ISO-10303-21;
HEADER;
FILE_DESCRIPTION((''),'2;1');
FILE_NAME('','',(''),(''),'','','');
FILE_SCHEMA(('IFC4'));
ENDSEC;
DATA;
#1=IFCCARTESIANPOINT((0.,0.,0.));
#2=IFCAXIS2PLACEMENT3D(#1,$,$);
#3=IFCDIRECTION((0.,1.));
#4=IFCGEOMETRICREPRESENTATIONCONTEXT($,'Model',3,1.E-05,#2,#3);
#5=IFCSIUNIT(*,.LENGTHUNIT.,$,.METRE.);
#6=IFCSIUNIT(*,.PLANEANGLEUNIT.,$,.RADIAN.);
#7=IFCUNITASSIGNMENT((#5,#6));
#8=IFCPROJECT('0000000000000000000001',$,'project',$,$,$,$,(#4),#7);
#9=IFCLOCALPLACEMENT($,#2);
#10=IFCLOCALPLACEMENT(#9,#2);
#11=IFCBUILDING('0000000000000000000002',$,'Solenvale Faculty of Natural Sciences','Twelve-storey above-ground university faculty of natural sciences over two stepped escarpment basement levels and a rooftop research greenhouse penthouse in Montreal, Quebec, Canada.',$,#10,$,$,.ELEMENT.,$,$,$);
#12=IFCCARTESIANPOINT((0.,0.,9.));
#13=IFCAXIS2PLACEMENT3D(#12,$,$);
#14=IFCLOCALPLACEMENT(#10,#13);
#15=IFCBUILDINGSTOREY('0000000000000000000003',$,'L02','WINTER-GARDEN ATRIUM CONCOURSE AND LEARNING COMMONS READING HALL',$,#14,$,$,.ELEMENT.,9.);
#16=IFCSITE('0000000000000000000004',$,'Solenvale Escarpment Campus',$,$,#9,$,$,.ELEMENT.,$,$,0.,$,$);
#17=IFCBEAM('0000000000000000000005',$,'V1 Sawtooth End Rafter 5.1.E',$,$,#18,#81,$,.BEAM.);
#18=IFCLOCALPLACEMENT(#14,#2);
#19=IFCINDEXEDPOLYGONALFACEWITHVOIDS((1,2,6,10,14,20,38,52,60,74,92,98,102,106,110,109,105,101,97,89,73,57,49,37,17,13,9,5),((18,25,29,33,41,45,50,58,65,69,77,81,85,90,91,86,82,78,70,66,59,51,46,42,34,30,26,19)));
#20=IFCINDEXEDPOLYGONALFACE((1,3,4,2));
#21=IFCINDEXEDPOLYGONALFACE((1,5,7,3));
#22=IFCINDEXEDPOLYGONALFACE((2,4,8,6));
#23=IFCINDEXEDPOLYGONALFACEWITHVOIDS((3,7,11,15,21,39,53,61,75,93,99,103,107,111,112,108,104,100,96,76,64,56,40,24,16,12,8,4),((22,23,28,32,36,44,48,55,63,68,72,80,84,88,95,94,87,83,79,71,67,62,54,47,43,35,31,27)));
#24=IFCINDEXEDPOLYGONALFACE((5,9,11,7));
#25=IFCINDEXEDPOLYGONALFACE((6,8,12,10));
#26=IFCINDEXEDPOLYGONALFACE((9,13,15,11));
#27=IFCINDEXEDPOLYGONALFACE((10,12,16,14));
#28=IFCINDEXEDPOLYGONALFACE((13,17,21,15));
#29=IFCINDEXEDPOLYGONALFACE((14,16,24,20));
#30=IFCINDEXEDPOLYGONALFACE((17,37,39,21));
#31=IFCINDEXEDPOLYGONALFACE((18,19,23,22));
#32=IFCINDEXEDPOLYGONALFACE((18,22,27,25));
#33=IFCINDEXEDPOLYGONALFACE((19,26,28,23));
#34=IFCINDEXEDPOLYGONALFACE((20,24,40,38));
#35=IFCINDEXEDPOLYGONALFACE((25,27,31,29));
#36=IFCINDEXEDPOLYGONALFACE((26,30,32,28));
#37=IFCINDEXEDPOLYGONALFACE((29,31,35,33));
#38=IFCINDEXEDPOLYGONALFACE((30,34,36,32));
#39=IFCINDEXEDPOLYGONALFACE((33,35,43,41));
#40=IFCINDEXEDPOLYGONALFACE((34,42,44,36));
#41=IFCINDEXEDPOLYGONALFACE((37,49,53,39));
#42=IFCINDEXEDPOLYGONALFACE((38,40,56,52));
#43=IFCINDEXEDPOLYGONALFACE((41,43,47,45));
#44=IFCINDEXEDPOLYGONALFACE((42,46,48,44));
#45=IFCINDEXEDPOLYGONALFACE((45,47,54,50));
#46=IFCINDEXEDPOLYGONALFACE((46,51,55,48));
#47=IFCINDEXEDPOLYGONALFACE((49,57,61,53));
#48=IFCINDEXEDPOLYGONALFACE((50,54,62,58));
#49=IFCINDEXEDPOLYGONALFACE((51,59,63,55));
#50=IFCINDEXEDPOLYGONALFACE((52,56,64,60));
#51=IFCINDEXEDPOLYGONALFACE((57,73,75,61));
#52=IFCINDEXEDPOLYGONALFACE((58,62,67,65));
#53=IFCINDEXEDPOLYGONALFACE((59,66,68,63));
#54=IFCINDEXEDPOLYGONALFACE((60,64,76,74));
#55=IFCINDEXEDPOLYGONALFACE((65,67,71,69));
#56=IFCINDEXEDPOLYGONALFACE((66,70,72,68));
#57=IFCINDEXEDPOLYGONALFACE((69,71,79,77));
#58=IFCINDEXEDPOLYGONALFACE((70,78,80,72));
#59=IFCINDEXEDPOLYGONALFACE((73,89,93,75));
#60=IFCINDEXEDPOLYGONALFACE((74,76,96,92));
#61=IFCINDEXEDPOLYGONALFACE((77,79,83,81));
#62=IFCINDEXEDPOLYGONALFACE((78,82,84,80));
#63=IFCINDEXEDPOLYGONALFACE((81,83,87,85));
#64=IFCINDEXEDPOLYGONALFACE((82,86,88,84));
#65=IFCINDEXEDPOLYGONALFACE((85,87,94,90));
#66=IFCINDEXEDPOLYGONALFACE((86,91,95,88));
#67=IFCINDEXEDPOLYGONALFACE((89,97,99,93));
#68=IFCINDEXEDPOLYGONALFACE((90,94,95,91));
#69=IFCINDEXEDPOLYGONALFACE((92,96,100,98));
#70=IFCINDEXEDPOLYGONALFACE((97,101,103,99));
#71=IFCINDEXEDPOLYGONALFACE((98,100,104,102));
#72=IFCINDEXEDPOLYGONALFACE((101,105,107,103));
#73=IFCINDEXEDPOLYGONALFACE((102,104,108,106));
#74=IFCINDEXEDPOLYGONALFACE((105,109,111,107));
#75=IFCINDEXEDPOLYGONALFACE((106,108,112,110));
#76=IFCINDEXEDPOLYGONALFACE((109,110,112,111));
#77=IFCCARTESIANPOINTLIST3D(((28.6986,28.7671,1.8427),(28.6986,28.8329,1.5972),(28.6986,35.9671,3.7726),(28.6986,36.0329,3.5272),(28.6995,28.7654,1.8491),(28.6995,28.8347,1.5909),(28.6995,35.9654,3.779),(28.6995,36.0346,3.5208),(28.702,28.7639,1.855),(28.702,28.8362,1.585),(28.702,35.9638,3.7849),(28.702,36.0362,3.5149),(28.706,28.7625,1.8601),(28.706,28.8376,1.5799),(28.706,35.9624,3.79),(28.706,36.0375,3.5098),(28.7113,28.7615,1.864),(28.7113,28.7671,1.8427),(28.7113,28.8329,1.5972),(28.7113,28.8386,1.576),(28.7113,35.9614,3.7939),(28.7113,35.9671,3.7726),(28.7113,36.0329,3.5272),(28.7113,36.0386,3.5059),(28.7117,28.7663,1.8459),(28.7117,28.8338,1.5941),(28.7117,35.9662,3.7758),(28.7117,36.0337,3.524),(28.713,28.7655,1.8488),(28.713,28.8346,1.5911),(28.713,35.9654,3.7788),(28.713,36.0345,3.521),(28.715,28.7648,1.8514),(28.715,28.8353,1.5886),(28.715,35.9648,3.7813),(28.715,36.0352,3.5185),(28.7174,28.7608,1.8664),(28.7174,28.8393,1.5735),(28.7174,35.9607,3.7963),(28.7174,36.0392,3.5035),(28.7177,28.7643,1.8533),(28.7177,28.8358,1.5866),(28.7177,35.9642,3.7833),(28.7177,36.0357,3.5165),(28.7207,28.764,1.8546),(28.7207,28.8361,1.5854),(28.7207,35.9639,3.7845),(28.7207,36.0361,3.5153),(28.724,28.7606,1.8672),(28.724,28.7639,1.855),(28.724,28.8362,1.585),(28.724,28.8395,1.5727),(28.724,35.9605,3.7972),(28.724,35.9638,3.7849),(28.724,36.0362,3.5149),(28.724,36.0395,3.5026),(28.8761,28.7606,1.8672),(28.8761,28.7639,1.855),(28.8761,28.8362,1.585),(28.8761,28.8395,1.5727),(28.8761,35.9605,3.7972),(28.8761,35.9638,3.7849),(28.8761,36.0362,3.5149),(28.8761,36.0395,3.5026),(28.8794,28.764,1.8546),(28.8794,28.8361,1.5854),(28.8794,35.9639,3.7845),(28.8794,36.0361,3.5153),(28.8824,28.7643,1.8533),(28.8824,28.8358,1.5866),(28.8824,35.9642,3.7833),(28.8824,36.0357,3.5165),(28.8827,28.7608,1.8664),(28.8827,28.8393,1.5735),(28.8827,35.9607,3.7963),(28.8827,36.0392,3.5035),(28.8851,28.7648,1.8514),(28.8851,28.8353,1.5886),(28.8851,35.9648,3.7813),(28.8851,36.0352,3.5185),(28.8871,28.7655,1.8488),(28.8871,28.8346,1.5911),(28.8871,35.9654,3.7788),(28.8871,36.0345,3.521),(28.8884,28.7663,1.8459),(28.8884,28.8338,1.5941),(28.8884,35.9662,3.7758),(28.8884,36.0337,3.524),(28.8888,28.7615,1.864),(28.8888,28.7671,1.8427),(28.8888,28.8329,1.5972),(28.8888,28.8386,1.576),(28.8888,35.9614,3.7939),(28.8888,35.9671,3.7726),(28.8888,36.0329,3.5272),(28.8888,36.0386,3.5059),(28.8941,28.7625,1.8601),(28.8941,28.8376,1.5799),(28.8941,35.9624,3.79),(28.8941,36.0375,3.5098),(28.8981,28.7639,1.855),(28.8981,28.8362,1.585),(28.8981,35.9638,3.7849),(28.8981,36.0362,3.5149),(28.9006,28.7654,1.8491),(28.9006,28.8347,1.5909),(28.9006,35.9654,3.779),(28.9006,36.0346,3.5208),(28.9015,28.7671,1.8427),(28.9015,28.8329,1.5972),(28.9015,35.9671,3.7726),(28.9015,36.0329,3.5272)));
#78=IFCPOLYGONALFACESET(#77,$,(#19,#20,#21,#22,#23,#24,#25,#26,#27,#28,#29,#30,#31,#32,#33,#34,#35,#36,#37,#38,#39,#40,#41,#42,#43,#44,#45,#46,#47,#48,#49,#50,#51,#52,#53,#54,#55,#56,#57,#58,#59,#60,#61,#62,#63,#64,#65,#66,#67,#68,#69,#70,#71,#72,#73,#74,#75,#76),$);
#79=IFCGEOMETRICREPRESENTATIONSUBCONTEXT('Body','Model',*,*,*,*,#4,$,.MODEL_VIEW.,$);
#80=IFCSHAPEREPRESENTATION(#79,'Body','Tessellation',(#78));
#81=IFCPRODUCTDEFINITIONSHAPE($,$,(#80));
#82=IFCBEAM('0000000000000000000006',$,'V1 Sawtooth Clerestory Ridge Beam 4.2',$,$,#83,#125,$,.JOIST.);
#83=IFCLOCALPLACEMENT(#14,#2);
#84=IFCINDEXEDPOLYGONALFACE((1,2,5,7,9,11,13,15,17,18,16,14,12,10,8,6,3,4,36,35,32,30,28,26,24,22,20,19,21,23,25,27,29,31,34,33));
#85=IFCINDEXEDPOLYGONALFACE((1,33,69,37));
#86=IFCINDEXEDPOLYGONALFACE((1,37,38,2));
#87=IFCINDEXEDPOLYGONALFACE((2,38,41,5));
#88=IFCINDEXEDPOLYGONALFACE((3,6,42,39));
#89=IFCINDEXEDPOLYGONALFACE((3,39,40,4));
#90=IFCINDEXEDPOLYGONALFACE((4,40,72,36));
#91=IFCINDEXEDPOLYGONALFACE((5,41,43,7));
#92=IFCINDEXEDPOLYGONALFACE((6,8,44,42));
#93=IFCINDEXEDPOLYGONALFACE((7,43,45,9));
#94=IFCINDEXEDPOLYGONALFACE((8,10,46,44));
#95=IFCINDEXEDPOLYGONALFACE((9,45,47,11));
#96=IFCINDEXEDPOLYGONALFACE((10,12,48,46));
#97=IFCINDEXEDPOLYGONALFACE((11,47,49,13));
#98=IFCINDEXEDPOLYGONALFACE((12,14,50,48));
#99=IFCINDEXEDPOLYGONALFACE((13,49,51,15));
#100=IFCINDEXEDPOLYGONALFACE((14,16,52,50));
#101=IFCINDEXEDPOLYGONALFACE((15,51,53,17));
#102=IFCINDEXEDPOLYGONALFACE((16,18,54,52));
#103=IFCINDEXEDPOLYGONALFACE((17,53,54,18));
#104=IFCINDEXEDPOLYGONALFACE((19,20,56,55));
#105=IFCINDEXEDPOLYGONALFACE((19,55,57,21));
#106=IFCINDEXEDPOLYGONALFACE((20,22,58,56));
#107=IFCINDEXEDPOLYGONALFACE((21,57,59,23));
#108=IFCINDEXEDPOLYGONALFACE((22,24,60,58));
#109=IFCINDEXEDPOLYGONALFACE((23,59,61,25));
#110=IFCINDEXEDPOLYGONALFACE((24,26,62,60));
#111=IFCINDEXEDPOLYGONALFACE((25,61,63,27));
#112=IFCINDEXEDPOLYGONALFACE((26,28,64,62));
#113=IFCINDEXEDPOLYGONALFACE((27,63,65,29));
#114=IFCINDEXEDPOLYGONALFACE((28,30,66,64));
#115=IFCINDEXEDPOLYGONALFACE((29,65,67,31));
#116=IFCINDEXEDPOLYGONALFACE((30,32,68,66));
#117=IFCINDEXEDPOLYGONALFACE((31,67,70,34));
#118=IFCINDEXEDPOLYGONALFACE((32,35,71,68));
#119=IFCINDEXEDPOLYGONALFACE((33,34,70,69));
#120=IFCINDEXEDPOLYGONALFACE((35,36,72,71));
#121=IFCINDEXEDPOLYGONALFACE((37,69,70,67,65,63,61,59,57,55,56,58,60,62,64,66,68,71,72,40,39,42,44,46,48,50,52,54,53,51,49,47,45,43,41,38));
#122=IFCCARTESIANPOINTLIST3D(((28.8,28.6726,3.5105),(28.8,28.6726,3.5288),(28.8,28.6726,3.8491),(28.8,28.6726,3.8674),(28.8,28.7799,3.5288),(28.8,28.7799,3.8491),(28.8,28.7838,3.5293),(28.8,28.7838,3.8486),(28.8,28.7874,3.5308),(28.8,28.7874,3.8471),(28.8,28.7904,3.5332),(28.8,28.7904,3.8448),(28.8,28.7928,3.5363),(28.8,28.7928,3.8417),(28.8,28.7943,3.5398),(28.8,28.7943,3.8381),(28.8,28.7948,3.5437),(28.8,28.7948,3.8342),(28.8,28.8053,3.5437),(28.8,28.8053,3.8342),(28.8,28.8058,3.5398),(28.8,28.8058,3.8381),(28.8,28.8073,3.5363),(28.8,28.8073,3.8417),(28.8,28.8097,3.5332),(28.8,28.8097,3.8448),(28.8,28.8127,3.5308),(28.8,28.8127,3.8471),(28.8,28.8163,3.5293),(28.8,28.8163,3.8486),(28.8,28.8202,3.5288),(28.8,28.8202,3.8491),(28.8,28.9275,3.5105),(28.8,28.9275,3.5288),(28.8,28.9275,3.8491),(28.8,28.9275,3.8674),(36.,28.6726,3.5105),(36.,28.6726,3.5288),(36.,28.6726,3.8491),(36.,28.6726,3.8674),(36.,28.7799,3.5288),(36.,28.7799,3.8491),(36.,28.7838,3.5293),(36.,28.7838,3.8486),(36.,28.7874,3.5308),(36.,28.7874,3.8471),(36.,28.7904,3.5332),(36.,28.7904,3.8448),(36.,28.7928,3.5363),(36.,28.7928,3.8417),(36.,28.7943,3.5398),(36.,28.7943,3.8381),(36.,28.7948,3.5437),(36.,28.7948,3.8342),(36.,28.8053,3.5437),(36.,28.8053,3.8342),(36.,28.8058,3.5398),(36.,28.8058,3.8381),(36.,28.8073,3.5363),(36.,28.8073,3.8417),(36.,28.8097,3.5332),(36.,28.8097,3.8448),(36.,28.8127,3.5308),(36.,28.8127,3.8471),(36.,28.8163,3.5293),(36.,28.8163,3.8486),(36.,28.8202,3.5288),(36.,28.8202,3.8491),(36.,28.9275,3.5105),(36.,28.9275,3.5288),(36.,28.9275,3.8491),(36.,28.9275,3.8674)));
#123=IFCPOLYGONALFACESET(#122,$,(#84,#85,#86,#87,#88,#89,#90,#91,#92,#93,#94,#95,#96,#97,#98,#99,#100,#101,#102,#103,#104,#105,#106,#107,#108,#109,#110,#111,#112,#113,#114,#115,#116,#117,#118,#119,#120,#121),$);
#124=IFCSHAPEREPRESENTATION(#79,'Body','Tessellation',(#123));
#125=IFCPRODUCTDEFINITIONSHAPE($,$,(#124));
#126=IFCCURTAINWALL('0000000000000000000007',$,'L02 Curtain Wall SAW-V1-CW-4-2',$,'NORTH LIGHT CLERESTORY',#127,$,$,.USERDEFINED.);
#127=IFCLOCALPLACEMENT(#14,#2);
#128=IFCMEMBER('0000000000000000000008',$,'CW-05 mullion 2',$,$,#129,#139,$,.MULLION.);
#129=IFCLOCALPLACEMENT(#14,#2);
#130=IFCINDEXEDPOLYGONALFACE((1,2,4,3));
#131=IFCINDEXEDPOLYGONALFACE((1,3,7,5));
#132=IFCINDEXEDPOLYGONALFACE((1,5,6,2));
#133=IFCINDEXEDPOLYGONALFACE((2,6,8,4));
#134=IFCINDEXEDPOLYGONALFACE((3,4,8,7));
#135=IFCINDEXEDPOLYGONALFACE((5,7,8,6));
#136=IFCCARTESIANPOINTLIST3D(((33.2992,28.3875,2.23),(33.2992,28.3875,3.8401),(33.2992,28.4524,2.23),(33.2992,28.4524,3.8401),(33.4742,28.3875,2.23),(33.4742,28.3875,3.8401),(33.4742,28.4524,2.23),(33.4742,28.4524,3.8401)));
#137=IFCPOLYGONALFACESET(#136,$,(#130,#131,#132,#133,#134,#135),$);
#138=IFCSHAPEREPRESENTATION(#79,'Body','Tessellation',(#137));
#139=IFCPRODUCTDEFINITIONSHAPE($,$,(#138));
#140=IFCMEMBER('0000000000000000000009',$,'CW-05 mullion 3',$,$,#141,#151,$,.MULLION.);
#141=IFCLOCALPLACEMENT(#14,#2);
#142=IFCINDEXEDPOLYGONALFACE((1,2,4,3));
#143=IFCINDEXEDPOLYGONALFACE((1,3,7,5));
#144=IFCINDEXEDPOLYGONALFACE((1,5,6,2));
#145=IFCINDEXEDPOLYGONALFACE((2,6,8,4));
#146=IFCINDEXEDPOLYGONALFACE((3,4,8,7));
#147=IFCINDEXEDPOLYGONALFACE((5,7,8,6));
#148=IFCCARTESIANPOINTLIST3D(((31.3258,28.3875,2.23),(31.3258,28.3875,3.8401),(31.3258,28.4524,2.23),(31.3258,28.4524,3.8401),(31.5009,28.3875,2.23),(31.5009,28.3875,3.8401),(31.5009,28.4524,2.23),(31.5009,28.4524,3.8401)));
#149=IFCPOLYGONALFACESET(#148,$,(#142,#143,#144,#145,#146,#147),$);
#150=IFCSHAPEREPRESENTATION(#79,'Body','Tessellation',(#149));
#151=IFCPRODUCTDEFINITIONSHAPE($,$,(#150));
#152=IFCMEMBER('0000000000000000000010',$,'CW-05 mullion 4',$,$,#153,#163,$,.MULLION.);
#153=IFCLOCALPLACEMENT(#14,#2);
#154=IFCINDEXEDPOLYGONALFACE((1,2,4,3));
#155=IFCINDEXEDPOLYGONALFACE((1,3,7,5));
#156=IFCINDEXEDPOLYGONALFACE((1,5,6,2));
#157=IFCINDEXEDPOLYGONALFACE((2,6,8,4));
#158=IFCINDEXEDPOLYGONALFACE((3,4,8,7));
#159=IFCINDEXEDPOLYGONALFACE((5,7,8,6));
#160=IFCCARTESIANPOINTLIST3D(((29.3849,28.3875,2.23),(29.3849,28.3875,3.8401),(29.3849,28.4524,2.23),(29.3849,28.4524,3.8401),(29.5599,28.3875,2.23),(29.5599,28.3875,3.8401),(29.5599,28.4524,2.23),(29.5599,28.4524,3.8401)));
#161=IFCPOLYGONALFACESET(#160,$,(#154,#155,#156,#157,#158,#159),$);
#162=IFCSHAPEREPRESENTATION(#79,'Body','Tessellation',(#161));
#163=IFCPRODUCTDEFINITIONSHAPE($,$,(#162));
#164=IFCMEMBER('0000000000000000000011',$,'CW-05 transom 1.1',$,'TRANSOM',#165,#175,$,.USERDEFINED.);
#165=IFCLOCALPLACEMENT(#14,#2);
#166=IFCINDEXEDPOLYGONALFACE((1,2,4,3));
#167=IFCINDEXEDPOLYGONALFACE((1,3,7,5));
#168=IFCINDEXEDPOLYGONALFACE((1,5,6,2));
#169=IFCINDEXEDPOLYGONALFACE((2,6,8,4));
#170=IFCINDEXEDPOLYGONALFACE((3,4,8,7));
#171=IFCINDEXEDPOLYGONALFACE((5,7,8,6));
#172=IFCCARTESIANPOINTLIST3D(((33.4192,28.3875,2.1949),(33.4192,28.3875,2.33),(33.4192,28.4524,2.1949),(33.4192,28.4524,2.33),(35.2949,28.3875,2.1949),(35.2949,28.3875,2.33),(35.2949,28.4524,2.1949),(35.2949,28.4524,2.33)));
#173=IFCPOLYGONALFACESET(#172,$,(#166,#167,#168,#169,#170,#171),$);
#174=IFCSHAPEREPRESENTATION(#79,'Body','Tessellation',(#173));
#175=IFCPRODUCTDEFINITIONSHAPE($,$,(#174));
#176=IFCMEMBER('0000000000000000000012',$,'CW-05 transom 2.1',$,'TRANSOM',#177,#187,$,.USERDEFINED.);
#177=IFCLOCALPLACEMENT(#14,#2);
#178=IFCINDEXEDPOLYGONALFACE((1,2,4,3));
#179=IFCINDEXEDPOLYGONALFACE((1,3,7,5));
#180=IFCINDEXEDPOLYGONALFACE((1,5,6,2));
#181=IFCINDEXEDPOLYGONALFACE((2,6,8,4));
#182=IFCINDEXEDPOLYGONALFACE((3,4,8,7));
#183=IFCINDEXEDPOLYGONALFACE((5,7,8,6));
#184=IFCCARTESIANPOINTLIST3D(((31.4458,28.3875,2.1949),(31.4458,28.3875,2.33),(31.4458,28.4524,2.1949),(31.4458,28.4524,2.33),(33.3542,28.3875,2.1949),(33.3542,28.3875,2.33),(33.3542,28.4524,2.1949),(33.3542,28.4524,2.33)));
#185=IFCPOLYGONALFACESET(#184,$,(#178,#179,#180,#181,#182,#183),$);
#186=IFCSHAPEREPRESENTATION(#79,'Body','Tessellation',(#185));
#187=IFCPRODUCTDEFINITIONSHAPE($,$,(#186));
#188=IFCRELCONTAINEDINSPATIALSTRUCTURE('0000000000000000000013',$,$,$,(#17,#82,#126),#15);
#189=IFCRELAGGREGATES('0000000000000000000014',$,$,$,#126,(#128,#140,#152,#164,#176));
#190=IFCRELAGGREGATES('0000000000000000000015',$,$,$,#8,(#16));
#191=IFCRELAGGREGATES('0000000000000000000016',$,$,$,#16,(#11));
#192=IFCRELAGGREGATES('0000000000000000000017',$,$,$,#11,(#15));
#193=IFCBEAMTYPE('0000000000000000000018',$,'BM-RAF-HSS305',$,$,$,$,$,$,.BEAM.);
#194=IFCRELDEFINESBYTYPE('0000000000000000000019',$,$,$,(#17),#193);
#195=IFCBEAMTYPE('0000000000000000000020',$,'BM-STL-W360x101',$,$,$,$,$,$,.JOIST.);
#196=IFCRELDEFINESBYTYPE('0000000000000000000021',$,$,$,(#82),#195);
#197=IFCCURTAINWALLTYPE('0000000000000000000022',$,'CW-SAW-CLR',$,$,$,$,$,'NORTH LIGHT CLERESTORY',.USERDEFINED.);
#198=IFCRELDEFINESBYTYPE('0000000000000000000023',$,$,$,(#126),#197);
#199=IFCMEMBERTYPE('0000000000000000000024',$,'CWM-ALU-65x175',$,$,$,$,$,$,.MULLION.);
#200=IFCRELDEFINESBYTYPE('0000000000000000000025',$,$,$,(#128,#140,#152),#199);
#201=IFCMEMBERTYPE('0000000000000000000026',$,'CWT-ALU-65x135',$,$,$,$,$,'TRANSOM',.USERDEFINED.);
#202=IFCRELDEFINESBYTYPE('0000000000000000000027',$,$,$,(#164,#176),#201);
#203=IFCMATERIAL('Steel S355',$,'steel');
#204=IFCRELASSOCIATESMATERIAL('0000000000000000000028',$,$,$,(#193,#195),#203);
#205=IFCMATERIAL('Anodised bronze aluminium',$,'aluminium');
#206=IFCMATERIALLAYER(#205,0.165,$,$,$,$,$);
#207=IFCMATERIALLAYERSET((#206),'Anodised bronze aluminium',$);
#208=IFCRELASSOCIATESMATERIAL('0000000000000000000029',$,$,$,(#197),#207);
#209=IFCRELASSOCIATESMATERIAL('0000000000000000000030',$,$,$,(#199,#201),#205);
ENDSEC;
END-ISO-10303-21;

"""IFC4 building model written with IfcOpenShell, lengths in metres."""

from ifc_helpers import new_model, si_unit, direction, frame, origin, origin_2d, place, context, subcontext, project, spatial, rectangle, hollow_rectangle, i_section, extrude, material, layer, layer_set, material_profile, profile_set, type_object, element, aggregate, save


model = new_model("IFC4")

# Units and contexts
model_context = context("Model", 3, precision=1e-05, world=origin(), true_north=direction((0.0, 1.0)))
body_context = subcontext(model_context, "Body", "Model", "MODEL_VIEW")
ifc_project = project(units=[si_unit("LENGTHUNIT", "METRE"), si_unit("PLANEANGLEUNIT", "RADIAN")], contexts=[model_context])

# Site, building, storey
site_placement = place(None, origin())
site = spatial("IfcSite", under=ifc_project, at=site_placement, Name="Solenvale Escarpment Campus", CompositionType="ELEMENT", RefElevation=0.0)
building_placement = place(site_placement, origin())
building = spatial("IfcBuilding", under=site, at=building_placement, Name="Solenvale Faculty of Natural Sciences", Description="Twelve-storey above-ground university faculty of natural sciences over two stepped escarpment basement levels and a rooftop research greenhouse penthouse in Montreal, Quebec, Canada.", CompositionType="ELEMENT")
storey_placement = place(building_placement, frame((0.0, 0.0, 9.0)))
storey = spatial("IfcBuildingStorey", under=building, at=storey_placement, Name="L02", Description="WINTER-GARDEN ATRIUM CONCOURSE AND LEARNING COMMONS READING HALL", CompositionType="ELEMENT", Elevation=9.0)

# Shared definitions
ifc_material_1 = material(Name="Steel S355", Category="steel")

# Beams
ifc_material_profile_1 = material_profile(ifc_material_1, hollow_rectangle(XDim=0.2029, YDim=0.3049, WallThickness=0.0127, InnerFilletRadius=0.0127, OuterFilletRadius=0.0254, at=origin_2d()), Name="HSS305x203x13")
ifc_profile_set_1 = profile_set([ifc_material_profile_1], Name="Steel S355")
beam_type_1 = type_object("IfcBeamType", Name="BM-RAF-HSS305", PredefinedType="BEAM", material=ifc_profile_set_1)
beam_1_placement = place(storey_placement, frame((28.8, 28.8, 1.72), z_axis=(0.0, 0.965902, 0.258908), x_axis=(-1.0, 0.0, 0.0)))
element("IfcBeam", 1, at=beam_1_placement, inside=storey, type_object=beam_type_1, Name="V1 Sawtooth End Rafter 5.1.E", PredefinedType="BEAM", context=body_context, shape_type="SweptSolid", body=[
    extrude(hollow_rectangle(XDim=0.2029, YDim=0.3049, WallThickness=0.0127, InnerFilletRadius=0.0127, OuterFilletRadius=0.0254, at=origin_2d()), origin(), (0.0, 0.0, 1.0), 7.4541),
])
ifc_material_profile_2 = material_profile(ifc_material_1, i_section(OverallWidth=0.2549, OverallDepth=0.3569, WebThickness=0.0105, FlangeThickness=0.0183, FilletRadius=0.0149, at=origin_2d()), Name="W360x101")
ifc_profile_set_2 = profile_set([ifc_material_profile_2], Name="Steel S355")
beam_type_2 = type_object("IfcBeamType", Name="BM-STL-W360x101", PredefinedType="JOIST", material=ifc_profile_set_2)
beam_2_placement = place(storey_placement, frame((28.8, 28.8, 3.689), z_axis=(1.0, 0.0, 0.0), x_axis=(0.0, 1.0, 0.0)))
element("IfcBeam", 2, at=beam_2_placement, inside=storey, type_object=beam_type_2, Name="V1 Sawtooth Clerestory Ridge Beam 4.2", PredefinedType="JOIST", context=body_context, shape_type="SweptSolid", body=[
    extrude(i_section(OverallWidth=0.2549, OverallDepth=0.3569, WebThickness=0.0105, FlangeThickness=0.0183, FilletRadius=0.0149, at=origin_2d()), origin(), (0.0, 0.0, 1.0), 7.2),
])

# Curtain wall, members
ifc_material_2 = material(Name="Anodised bronze aluminium", Category="aluminium")
ifc_layer_1 = layer(ifc_material_2, 0.165)
ifc_layer_set_1 = layer_set([ifc_layer_1], Name="Anodised bronze aluminium")
curtain_wall_type = type_object("IfcCurtainWallType", Name="CW-SAW-CLR", ElementType="NORTH LIGHT CLERESTORY", PredefinedType="USERDEFINED", material=ifc_layer_set_1)
curtain_wall_placement = place(storey_placement, origin())
curtain_wall = element("IfcCurtainWall", 3, at=curtain_wall_placement, inside=storey, type_object=curtain_wall_type, Name="L02 Curtain Wall SAW-V1-CW-4-2", ObjectType="NORTH LIGHT CLERESTORY", PredefinedType="USERDEFINED")
ifc_material_profile_3 = material_profile(ifc_material_2, rectangle(XDim=0.0649, YDim=0.175, at=origin_2d()), Name="ALU-MUL-65x175")
ifc_profile_set_3 = profile_set([ifc_material_profile_3], Name="Anodised bronze aluminium")
member_type_1 = type_object("IfcMemberType", Name="CWM-ALU-65x175", PredefinedType="MULLION", material=ifc_profile_set_3)
member_1_placement = place(storey_placement, frame((33.3867, 28.4199, 2.23), z_axis=(0.0, 0.0, 1.0), x_axis=(0.0, -1.0, 0.0)))
member_1 = element("IfcMember", 4, at=member_1_placement, type_object=member_type_1, Name="CW-05 mullion 2", PredefinedType="MULLION", context=body_context, shape_type="SweptSolid", body=[
    extrude(rectangle(XDim=0.0649, YDim=0.175, at=origin_2d()), origin(), (0.0, 0.0, 1.0), 1.6101),
])
member_2_placement = place(storey_placement, frame((31.4133, 28.4199, 2.23), z_axis=(0.0, 0.0, 1.0), x_axis=(0.0, -1.0, 0.0)))
member_2 = element("IfcMember", 5, at=member_2_placement, type_object=member_type_1, Name="CW-05 mullion 3", PredefinedType="MULLION", context=body_context, shape_type="SweptSolid", body=[
    extrude(rectangle(XDim=0.0649, YDim=0.175, at=origin_2d()), origin(), (0.0, 0.0, 1.0), 1.6101),
])
member_3_placement = place(storey_placement, frame((29.4724, 28.4199, 2.23), z_axis=(0.0, 0.0, 1.0), x_axis=(0.0, -1.0, 0.0)))
member_3 = element("IfcMember", 6, at=member_3_placement, type_object=member_type_1, Name="CW-05 mullion 4", PredefinedType="MULLION", context=body_context, shape_type="SweptSolid", body=[
    extrude(rectangle(XDim=0.0649, YDim=0.175, at=origin_2d()), origin(), (0.0, 0.0, 1.0), 1.6101),
])
ifc_material_profile_4 = material_profile(ifc_material_2, rectangle(XDim=0.0649, YDim=0.135, at=origin_2d()), Name="ALU-TRN-65x135")
ifc_profile_set_4 = profile_set([ifc_material_profile_4], Name="Anodised bronze aluminium")
member_type_2 = type_object("IfcMemberType", Name="CWT-ALU-65x135", ElementType="TRANSOM", PredefinedType="USERDEFINED", material=ifc_profile_set_4)
member_4_placement = place(storey_placement, frame((35.2949, 28.4199, 2.2625), z_axis=(-1.0, 0.0, 0.0), x_axis=(0.0, -1.0, 0.0)))
member_4 = element("IfcMember", 7, at=member_4_placement, type_object=member_type_2, Name="CW-05 transom 1.1", ObjectType="TRANSOM", PredefinedType="USERDEFINED", context=body_context, shape_type="SweptSolid", body=[
    extrude(rectangle(XDim=0.0649, YDim=0.135, at=origin_2d()), origin(), (0.0, 0.0, 1.0), 1.8757),
])
member_5_placement = place(storey_placement, frame((33.3542, 28.4199, 2.2625), z_axis=(-1.0, 0.0, 0.0), x_axis=(0.0, -1.0, 0.0)))
member_5 = element("IfcMember", 8, at=member_5_placement, type_object=member_type_2, Name="CW-05 transom 2.1", ObjectType="TRANSOM", PredefinedType="USERDEFINED", context=body_context, shape_type="SweptSolid", body=[
    extrude(rectangle(XDim=0.0649, YDim=0.135, at=origin_2d()), origin(), (0.0, 0.0, 1.0), 1.9084),
])

aggregate(curtain_wall, [member_1, member_2, member_3, member_4, member_5])

save(model, "model.ifc")
